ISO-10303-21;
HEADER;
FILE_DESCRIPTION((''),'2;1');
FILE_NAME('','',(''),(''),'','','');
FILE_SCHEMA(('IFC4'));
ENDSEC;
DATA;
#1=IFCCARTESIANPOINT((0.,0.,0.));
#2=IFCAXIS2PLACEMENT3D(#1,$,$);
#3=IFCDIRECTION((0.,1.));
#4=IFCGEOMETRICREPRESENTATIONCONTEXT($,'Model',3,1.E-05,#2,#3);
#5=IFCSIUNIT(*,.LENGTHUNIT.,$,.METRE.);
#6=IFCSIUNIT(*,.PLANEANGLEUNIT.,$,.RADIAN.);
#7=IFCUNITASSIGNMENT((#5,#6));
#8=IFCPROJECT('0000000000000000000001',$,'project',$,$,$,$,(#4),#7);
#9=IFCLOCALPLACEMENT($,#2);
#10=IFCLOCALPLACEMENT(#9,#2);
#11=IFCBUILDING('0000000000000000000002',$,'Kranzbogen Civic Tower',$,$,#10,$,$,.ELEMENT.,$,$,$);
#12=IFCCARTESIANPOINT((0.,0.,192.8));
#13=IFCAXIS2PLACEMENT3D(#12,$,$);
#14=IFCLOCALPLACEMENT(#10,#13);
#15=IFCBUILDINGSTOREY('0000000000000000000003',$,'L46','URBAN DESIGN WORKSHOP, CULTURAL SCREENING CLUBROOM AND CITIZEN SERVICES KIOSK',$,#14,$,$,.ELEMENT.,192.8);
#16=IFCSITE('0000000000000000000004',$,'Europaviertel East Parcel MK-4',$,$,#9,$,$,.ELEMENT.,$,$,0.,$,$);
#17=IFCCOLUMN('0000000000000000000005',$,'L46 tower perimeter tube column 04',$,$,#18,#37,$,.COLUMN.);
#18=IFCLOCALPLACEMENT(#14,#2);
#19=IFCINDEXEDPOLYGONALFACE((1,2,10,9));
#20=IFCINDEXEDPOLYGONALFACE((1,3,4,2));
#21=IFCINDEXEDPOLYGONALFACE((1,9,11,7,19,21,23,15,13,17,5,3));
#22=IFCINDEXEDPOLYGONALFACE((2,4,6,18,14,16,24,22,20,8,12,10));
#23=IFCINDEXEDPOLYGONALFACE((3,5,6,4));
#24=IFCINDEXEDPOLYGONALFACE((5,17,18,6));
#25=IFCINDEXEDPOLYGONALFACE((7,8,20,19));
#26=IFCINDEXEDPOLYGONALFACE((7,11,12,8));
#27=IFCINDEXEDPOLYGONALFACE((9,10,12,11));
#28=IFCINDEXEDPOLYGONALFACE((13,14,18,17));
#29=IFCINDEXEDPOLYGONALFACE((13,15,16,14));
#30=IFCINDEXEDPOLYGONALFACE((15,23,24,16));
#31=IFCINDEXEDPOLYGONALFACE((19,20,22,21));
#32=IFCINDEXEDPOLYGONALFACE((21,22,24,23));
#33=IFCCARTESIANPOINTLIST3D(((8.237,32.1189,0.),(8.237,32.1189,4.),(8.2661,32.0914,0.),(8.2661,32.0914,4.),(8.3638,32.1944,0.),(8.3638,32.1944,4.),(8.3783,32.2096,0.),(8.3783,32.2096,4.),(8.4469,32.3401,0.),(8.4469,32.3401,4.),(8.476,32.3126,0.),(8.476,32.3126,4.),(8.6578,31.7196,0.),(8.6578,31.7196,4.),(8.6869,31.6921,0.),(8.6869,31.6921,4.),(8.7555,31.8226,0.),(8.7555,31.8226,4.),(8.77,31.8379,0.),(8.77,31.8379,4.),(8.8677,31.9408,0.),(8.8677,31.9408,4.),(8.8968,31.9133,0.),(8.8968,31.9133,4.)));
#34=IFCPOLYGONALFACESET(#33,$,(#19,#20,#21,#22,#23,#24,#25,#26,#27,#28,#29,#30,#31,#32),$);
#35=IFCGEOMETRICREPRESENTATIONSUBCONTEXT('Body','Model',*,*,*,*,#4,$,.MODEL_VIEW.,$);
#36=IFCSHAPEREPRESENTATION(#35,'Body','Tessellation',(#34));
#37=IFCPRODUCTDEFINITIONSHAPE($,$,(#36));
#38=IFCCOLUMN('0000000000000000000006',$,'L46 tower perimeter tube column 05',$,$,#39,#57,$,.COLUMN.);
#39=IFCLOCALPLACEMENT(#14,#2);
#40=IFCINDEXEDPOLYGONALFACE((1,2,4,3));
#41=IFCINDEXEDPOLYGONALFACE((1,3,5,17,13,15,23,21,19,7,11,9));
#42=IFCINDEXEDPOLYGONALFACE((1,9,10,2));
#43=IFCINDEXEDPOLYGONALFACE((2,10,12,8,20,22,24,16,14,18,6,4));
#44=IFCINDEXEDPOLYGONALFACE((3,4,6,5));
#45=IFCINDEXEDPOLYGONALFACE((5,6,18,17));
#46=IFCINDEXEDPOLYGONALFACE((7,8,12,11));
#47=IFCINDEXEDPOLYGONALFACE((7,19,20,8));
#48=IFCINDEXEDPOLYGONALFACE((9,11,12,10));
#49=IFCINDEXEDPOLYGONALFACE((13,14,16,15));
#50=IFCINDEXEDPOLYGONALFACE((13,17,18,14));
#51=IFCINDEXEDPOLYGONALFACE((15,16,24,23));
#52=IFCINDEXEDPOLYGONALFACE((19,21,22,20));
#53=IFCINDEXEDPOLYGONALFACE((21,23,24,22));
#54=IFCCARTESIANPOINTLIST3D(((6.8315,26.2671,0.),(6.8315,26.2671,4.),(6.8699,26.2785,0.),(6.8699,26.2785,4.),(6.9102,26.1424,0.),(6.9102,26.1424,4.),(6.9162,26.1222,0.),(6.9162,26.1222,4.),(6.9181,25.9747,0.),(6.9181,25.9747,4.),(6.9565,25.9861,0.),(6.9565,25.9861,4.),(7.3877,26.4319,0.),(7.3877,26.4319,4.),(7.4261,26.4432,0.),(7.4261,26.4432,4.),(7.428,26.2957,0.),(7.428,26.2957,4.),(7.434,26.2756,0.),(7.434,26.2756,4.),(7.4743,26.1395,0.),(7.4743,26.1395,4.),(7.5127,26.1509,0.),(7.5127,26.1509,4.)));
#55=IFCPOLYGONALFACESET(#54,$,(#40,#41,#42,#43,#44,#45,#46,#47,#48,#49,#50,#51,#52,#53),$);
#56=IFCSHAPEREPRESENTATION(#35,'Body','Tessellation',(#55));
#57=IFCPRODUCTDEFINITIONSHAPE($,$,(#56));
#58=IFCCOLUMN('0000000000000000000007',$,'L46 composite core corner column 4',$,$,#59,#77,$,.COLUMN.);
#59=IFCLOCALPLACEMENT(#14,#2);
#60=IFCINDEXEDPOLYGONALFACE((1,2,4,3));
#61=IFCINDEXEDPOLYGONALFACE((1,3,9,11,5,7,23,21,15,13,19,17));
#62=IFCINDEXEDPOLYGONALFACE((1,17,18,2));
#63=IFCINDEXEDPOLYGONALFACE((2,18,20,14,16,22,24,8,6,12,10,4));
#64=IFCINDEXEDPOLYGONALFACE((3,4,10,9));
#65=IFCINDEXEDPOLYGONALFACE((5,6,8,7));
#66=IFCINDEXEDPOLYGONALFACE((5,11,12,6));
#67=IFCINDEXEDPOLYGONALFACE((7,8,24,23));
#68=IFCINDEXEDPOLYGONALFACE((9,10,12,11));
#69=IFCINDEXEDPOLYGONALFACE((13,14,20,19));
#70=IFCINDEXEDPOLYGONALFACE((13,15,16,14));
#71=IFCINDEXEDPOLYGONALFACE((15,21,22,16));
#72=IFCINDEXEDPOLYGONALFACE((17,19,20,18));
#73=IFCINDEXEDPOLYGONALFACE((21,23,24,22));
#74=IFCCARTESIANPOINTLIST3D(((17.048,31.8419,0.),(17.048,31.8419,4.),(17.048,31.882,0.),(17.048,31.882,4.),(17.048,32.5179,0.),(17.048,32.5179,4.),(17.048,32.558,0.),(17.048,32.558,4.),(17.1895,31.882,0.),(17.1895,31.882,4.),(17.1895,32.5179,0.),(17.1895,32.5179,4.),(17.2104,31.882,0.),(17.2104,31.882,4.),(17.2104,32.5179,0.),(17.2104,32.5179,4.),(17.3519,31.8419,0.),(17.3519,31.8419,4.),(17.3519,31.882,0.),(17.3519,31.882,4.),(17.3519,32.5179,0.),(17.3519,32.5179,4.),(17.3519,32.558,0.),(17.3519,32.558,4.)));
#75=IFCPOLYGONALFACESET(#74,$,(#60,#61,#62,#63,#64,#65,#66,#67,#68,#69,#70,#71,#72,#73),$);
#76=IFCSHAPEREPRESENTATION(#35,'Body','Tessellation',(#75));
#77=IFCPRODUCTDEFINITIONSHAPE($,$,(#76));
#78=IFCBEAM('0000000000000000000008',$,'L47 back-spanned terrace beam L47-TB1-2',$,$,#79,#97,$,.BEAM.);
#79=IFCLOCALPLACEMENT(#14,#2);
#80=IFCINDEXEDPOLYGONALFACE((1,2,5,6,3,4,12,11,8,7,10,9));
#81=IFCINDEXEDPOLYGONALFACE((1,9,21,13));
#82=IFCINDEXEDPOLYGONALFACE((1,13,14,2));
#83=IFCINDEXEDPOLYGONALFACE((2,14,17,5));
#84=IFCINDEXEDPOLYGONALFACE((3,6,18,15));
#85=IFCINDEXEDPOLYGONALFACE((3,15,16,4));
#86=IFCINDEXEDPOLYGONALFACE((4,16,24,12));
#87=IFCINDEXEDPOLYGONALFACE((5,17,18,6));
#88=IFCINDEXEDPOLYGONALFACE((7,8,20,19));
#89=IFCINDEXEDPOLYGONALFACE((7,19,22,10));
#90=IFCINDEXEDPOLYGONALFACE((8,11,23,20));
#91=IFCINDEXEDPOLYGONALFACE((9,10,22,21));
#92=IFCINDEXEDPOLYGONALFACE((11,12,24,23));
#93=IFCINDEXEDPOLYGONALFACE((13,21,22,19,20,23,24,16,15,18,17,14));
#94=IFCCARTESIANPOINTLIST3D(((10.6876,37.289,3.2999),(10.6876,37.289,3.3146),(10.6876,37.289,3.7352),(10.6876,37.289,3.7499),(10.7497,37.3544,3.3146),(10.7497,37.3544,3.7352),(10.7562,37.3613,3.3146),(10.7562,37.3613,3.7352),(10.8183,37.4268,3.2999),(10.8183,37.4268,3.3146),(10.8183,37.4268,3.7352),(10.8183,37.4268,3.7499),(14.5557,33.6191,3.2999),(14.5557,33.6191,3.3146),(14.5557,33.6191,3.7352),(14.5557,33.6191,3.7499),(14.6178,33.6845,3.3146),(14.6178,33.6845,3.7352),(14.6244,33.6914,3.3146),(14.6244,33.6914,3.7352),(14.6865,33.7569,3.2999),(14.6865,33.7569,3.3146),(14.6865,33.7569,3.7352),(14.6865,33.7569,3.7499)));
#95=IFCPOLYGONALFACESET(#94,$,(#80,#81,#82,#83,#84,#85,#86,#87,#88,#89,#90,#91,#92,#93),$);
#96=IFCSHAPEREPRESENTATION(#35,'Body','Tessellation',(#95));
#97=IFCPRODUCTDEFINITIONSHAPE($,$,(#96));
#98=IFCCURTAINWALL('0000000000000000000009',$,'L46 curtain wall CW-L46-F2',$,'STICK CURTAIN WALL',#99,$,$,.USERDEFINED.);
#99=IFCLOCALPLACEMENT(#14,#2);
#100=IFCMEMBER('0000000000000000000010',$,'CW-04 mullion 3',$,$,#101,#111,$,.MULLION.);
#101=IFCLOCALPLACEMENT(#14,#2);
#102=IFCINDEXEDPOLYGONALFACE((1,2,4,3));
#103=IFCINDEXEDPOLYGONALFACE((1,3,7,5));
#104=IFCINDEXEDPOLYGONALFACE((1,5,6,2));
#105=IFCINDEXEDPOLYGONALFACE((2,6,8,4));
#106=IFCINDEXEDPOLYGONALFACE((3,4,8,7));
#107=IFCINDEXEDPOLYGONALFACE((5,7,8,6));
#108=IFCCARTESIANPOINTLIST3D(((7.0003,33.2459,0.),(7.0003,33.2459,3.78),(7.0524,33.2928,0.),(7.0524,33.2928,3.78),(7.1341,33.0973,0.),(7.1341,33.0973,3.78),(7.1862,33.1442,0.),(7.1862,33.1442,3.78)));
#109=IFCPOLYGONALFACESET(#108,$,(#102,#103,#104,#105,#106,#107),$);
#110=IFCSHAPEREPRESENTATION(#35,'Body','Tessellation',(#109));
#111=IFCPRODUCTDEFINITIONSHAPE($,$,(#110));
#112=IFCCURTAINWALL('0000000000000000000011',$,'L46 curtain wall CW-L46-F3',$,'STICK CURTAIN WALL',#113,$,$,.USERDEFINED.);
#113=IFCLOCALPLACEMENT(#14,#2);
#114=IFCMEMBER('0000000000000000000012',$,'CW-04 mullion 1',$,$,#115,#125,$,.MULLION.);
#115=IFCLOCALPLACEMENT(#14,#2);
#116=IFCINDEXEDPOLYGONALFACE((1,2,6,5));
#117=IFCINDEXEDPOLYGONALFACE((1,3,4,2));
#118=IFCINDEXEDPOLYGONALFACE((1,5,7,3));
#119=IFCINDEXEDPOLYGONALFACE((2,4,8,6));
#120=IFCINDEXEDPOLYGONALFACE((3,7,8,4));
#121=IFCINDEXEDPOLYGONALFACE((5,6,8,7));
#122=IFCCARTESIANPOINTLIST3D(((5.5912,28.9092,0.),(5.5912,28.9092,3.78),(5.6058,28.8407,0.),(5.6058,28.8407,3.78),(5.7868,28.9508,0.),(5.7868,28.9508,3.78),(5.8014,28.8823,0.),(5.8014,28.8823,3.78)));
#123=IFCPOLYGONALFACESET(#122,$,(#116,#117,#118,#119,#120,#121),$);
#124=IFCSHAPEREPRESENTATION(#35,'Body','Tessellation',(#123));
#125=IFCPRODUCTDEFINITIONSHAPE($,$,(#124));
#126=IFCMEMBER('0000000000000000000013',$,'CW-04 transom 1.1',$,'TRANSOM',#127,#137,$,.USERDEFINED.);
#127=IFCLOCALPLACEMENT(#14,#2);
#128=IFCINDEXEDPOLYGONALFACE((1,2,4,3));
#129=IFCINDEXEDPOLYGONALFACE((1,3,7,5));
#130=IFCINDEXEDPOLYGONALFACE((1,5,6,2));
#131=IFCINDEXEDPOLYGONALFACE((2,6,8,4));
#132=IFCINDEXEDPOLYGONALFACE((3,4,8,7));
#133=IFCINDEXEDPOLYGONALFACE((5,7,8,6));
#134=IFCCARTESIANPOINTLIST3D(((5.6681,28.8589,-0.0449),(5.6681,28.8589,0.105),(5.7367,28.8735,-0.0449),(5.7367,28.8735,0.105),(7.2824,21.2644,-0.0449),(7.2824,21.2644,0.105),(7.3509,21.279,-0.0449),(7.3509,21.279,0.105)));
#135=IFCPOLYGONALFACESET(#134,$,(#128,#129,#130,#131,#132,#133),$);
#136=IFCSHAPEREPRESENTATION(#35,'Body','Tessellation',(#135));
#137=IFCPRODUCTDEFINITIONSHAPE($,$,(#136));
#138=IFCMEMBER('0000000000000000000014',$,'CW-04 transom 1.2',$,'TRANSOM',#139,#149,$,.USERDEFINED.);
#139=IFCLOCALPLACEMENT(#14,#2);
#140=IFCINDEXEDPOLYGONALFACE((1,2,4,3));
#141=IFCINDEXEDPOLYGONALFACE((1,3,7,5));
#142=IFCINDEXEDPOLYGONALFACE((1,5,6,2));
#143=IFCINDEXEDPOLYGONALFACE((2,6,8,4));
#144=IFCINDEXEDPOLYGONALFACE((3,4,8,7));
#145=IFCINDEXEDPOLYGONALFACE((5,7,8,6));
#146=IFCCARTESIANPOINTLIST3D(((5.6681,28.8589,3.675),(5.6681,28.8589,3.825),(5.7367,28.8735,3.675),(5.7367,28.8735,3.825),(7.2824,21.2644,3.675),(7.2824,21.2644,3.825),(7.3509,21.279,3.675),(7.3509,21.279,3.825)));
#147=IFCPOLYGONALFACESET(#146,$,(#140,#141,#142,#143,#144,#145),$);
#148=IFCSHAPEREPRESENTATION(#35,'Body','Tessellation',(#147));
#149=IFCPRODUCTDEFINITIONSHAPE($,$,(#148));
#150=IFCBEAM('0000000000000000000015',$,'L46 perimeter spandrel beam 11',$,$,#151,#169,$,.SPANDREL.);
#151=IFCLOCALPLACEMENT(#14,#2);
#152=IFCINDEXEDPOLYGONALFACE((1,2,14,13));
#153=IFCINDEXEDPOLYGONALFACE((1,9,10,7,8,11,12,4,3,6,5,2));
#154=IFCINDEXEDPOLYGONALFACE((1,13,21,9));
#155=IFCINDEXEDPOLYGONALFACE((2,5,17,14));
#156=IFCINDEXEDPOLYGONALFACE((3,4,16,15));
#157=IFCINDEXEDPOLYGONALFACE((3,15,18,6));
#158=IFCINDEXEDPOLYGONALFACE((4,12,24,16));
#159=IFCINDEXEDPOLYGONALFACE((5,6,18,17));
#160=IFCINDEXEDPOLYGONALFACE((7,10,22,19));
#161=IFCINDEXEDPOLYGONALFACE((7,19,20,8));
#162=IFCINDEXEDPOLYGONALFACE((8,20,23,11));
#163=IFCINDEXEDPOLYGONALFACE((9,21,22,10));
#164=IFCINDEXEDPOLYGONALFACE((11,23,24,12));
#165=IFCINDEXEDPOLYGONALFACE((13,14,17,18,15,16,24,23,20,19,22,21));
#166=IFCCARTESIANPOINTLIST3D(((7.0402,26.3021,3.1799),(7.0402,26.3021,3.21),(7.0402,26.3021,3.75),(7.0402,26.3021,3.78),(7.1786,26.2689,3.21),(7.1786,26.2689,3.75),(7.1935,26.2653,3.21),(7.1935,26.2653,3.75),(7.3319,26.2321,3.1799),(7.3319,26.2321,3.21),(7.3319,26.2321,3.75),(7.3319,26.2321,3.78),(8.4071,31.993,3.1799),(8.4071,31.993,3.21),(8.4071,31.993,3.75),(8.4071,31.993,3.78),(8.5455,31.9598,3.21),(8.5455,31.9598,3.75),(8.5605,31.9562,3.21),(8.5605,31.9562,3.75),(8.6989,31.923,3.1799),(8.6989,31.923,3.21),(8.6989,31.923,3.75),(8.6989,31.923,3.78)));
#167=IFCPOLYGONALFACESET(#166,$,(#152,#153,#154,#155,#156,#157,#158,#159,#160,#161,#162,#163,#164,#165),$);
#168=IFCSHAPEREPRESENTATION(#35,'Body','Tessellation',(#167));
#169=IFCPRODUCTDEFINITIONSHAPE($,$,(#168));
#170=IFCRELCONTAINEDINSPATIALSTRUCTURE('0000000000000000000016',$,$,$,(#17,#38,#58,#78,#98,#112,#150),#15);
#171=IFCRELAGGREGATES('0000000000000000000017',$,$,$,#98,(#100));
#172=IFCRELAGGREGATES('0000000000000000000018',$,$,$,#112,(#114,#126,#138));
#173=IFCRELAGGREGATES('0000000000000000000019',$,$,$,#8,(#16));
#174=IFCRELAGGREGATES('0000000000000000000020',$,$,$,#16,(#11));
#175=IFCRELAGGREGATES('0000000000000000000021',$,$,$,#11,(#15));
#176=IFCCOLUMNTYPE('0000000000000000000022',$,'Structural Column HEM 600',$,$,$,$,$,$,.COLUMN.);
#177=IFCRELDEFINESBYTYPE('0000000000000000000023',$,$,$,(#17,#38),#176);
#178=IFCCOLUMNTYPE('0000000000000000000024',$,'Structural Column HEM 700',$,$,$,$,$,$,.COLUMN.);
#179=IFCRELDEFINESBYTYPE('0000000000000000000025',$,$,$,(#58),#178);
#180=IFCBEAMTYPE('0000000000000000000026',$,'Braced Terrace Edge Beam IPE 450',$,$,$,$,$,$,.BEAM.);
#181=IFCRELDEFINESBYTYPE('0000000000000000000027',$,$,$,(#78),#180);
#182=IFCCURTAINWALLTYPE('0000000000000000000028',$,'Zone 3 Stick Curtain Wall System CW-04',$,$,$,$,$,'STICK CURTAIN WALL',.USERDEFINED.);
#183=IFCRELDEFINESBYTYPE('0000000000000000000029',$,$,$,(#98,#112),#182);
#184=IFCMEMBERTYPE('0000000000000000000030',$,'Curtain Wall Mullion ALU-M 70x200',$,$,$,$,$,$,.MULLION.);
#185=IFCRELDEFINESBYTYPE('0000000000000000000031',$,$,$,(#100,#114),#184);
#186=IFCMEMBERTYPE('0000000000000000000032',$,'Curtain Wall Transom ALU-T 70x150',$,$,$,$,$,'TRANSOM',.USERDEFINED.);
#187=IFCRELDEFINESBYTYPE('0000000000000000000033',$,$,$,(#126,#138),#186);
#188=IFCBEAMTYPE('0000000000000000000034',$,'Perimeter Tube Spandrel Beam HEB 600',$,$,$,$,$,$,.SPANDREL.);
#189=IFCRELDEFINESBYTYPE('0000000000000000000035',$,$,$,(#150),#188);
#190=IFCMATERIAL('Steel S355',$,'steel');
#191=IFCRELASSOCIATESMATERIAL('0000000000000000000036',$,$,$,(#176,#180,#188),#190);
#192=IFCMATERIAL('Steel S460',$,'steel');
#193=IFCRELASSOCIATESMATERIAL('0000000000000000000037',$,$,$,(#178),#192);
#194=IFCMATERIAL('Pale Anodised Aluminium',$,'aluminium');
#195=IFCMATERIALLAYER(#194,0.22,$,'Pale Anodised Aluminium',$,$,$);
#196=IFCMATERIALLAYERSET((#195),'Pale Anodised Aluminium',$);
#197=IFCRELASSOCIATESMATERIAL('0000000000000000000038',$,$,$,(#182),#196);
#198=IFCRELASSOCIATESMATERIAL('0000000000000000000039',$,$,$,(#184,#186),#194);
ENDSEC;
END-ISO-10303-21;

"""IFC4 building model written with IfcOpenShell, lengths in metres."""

from ifc_helpers import new_model, si_unit, direction, frame, origin, origin_2d, place, context, subcontext, project, spatial, rectangle, i_section, extrude, material, layer, layer_set, material_profile, profile_set, type_object, element, aggregate, save


model = new_model("IFC4")

# Units and contexts
model_context = context("Model", 3, precision=1e-05, world=origin(), true_north=direction((0.0, 1.0)))
body_context = subcontext(model_context, "Body", "Model", "MODEL_VIEW")
ifc_project = project(units=[si_unit("LENGTHUNIT", "METRE"), si_unit("PLANEANGLEUNIT", "RADIAN")], contexts=[model_context])

# Site, building, storey
site_placement = place(None, origin())
site = spatial("IfcSite", under=ifc_project, at=site_placement, Name="Europaviertel East Parcel MK-4", CompositionType="ELEMENT", RefElevation=0.0)
building_placement = place(site_placement, origin())
building = spatial("IfcBuilding", under=site, at=building_placement, Name="Kranzbogen Civic Tower", CompositionType="ELEMENT")
storey_placement = place(building_placement, frame((0.0, 0.0, 192.8)))
storey = spatial("IfcBuildingStorey", under=building, at=storey_placement, Name="L46", Description="URBAN DESIGN WORKSHOP, CULTURAL SCREENING CLUBROOM AND CITIZEN SERVICES KIOSK", CompositionType="ELEMENT", Elevation=192.8)

# Columns
ifc_material_1 = material(Name="Steel S355", Category="steel")
ifc_material_profile_1 = material_profile(ifc_material_1, i_section(OverallWidth=0.3049, OverallDepth=0.6201, WebThickness=0.021, FlangeThickness=0.04, at=origin_2d()), Name="HEM 600")
ifc_profile_set_1 = profile_set([ifc_material_profile_1], Name="Steel S355")
column_type_1 = type_object("IfcColumnType", Name="Structural Column HEM 600", PredefinedType="COLUMN", material=ifc_profile_set_1)
for number, where, z_axis, x_axis, name in (
    (1, (8.5669, 32.0161, 0.0), (0.0, 0.0, 1.0), (0.688355, 0.725374, 0.0), "L46 tower perimeter tube column 04"),
    (2, (7.1721, 26.209, 0.0), (0.0, 0.0, 1.0), (-0.284015, 0.95882, 0.0), "L46 tower perimeter tube column 05"),
):
    element("IfcColumn", number, at=place(storey_placement, frame(where, z_axis=z_axis, x_axis=x_axis)), inside=storey, type_object=column_type_1, Name=name, PredefinedType="COLUMN", context=body_context, shape_type="SweptSolid", body=[
        extrude(i_section(OverallWidth=0.3049, OverallDepth=0.6201, WebThickness=0.021, FlangeThickness=0.04, at=origin_2d()), origin(), (0.0, 0.0, 1.0), 4.0),
    ])
ifc_material_2 = material(Name="Steel S460", Category="steel")
ifc_material_profile_2 = material_profile(ifc_material_2, i_section(OverallWidth=0.304, OverallDepth=0.7161, WebThickness=0.021, FlangeThickness=0.04, at=origin_2d()), Name="HEM 700")
ifc_profile_set_2 = profile_set([ifc_material_profile_2], Name="Steel S460")
column_type_2 = type_object("IfcColumnType", Name="Structural Column HEM 700", PredefinedType="COLUMN", material=ifc_profile_set_2)
column_placement = place(storey_placement, frame((17.2, 32.2, 0.0), z_axis=(0.0, 0.0, 1.0), x_axis=(1.0, 0.0, 0.0)))
element("IfcColumn", 3, at=column_placement, inside=storey, type_object=column_type_2, Name="L46 composite core corner column 4", PredefinedType="COLUMN", context=body_context, shape_type="SweptSolid", body=[
    extrude(i_section(OverallWidth=0.304, OverallDepth=0.7161, WebThickness=0.021, FlangeThickness=0.04, at=origin_2d()), origin(), (0.0, 0.0, 1.0), 4.0),
])

# Beam
ifc_material_profile_3 = material_profile(ifc_material_1, i_section(OverallWidth=0.1899, OverallDepth=0.45, WebThickness=0.0095, FlangeThickness=0.0146, at=origin_2d()), Name="IPE 450")
ifc_profile_set_3 = profile_set([ifc_material_profile_3], Name="Steel S355")
beam_type_1 = type_object("IfcBeamType", Name="Braced Terrace Edge Beam IPE 450", PredefinedType="BEAM", material=ifc_profile_set_3)
beam_1_placement = place(storey_placement, frame((14.6211, 33.688, 3.5249), z_axis=(-0.725452, 0.688273, 0.0), x_axis=(-0.688273, -0.725452, 0.0)))
element("IfcBeam", 4, at=beam_1_placement, inside=storey, type_object=beam_type_1, Name="L47 back-spanned terrace beam L47-TB1-2", PredefinedType="BEAM", context=body_context, shape_type="SweptSolid", body=[
    extrude(i_section(OverallWidth=0.1899, OverallDepth=0.45, WebThickness=0.0095, FlangeThickness=0.0146, at=origin_2d()), origin(), (0.0, 0.0, 1.0), 5.332),
])

# Curtain wall, member
ifc_material_3 = material(Name="Pale Anodised Aluminium", Category="aluminium")
ifc_layer_1 = layer(ifc_material_3, 0.22, Name="Pale Anodised Aluminium")
ifc_layer_set_1 = layer_set([ifc_layer_1], Name="Pale Anodised Aluminium")
curtain_wall_type = type_object("IfcCurtainWallType", Name="Zone 3 Stick Curtain Wall System CW-04", ElementType="STICK CURTAIN WALL", PredefinedType="USERDEFINED", material=ifc_layer_set_1)
curtain_wall_1_placement = place(storey_placement, origin())
curtain_wall_1 = element("IfcCurtainWall", 5, at=curtain_wall_1_placement, inside=storey, type_object=curtain_wall_type, Name="L46 curtain wall CW-L46-F2", ObjectType="STICK CURTAIN WALL", PredefinedType="USERDEFINED")
ifc_material_profile_4 = material_profile(ifc_material_3, rectangle(XDim=0.0701, YDim=0.2, at=origin_2d()), Name="ALU-M 70x200")
ifc_profile_set_4 = profile_set([ifc_material_profile_4], Name="Pale Anodised Aluminium")
member_type_1 = type_object("IfcMemberType", Name="Curtain Wall Mullion ALU-M 70x200", PredefinedType="MULLION", material=ifc_profile_set_4)
member_1_placement = place(storey_placement, frame((7.0933, 33.1951, 0.0), z_axis=(0.0, 0.0, 1.0), x_axis=(-0.743158, -0.669116, 0.0)))
member_1 = element("IfcMember", 6, at=member_1_placement, type_object=member_type_1, Name="CW-04 mullion 3", PredefinedType="MULLION", context=body_context, shape_type="SweptSolid", body=[
    extrude(rectangle(XDim=0.0701, YDim=0.2, at=origin_2d()), origin(), (0.0, 0.0, 1.0), 3.78),
])
aggregate(curtain_wall_1, [member_1])

# Curtain wall, members
curtain_wall_2_placement = place(storey_placement, origin())
curtain_wall_2 = element("IfcCurtainWall", 7, at=curtain_wall_2_placement, inside=storey, type_object=curtain_wall_type, Name="L46 curtain wall CW-L46-F3", ObjectType="STICK CURTAIN WALL", PredefinedType="USERDEFINED")
member_2_placement = place(storey_placement, frame((5.6963, 28.8958, 0.0), z_axis=(0.0, 0.0, 1.0), x_axis=(0.207916, -0.978147, 0.0)))
member_2 = element("IfcMember", 8, at=member_2_placement, type_object=member_type_1, Name="CW-04 mullion 1", PredefinedType="MULLION", context=body_context, shape_type="SweptSolid", body=[
    extrude(rectangle(XDim=0.0701, YDim=0.2, at=origin_2d()), origin(), (0.0, 0.0, 1.0), 3.78),
])
ifc_material_profile_5 = material_profile(ifc_material_3, rectangle(XDim=0.0701, YDim=0.1499, at=origin_2d()), Name="ALU-T 70x150")
ifc_profile_set_5 = profile_set([ifc_material_profile_5], Name="Pale Anodised Aluminium")
member_type_2 = type_object("IfcMemberType", Name="Curtain Wall Transom ALU-T 70x150", ElementType="TRANSOM", PredefinedType="USERDEFINED", material=ifc_profile_set_5)
member_3_placement = place(storey_placement, frame((5.7024, 28.8662, 0.03), z_axis=(0.207912, -0.978148, 0.0), x_axis=(0.978148, 0.207912, 0.0)))
member_3 = element("IfcMember", 9, at=member_3_placement, type_object=member_type_2, Name="CW-04 transom 1.1", ObjectType="TRANSOM", PredefinedType="USERDEFINED", context=body_context, shape_type="SweptSolid", body=[
    extrude(rectangle(XDim=0.0701, YDim=0.1499, at=origin_2d()), origin(), (0.0, 0.0, 1.0), 7.7642),
])
member_4_placement = place(storey_placement, frame((5.7024, 28.8662, 3.75), z_axis=(0.207912, -0.978148, 0.0), x_axis=(0.978148, 0.207912, 0.0)))
member_4 = element("IfcMember", 10, at=member_4_placement, type_object=member_type_2, Name="CW-04 transom 1.2", ObjectType="TRANSOM", PredefinedType="USERDEFINED", context=body_context, shape_type="SweptSolid", body=[
    extrude(rectangle(XDim=0.0701, YDim=0.1499, at=origin_2d()), origin(), (0.0, 0.0, 1.0), 7.7642),
])

# Beam
ifc_material_profile_6 = material_profile(ifc_material_1, i_section(OverallWidth=0.3, OverallDepth=0.6001, WebThickness=0.0154, FlangeThickness=0.03, at=origin_2d()), Name="HEB 600")
ifc_profile_set_6 = profile_set([ifc_material_profile_6], Name="Steel S355")
beam_type_2 = type_object("IfcBeamType", Name="Perimeter Tube Spandrel Beam HEB 600", PredefinedType="SPANDREL", material=ifc_profile_set_6)
beam_2_placement = place(storey_placement, frame((8.553, 31.958, 3.48), z_axis=(-0.233554, -0.972344, 0.0), x_axis=(0.972344, -0.233554, 0.0)))
element("IfcBeam", 11, at=beam_2_placement, inside=storey, type_object=beam_type_2, Name="L46 perimeter spandrel beam 11", PredefinedType="SPANDREL", context=body_context, shape_type="SweptSolid", body=[
    extrude(i_section(OverallWidth=0.3, OverallDepth=0.6001, WebThickness=0.0154, FlangeThickness=0.03, at=origin_2d()), origin(), (0.0, 0.0, 1.0), 5.8528),
])

aggregate(curtain_wall_2, [member_2, member_3, member_4])

save(model, "model.ifc")
